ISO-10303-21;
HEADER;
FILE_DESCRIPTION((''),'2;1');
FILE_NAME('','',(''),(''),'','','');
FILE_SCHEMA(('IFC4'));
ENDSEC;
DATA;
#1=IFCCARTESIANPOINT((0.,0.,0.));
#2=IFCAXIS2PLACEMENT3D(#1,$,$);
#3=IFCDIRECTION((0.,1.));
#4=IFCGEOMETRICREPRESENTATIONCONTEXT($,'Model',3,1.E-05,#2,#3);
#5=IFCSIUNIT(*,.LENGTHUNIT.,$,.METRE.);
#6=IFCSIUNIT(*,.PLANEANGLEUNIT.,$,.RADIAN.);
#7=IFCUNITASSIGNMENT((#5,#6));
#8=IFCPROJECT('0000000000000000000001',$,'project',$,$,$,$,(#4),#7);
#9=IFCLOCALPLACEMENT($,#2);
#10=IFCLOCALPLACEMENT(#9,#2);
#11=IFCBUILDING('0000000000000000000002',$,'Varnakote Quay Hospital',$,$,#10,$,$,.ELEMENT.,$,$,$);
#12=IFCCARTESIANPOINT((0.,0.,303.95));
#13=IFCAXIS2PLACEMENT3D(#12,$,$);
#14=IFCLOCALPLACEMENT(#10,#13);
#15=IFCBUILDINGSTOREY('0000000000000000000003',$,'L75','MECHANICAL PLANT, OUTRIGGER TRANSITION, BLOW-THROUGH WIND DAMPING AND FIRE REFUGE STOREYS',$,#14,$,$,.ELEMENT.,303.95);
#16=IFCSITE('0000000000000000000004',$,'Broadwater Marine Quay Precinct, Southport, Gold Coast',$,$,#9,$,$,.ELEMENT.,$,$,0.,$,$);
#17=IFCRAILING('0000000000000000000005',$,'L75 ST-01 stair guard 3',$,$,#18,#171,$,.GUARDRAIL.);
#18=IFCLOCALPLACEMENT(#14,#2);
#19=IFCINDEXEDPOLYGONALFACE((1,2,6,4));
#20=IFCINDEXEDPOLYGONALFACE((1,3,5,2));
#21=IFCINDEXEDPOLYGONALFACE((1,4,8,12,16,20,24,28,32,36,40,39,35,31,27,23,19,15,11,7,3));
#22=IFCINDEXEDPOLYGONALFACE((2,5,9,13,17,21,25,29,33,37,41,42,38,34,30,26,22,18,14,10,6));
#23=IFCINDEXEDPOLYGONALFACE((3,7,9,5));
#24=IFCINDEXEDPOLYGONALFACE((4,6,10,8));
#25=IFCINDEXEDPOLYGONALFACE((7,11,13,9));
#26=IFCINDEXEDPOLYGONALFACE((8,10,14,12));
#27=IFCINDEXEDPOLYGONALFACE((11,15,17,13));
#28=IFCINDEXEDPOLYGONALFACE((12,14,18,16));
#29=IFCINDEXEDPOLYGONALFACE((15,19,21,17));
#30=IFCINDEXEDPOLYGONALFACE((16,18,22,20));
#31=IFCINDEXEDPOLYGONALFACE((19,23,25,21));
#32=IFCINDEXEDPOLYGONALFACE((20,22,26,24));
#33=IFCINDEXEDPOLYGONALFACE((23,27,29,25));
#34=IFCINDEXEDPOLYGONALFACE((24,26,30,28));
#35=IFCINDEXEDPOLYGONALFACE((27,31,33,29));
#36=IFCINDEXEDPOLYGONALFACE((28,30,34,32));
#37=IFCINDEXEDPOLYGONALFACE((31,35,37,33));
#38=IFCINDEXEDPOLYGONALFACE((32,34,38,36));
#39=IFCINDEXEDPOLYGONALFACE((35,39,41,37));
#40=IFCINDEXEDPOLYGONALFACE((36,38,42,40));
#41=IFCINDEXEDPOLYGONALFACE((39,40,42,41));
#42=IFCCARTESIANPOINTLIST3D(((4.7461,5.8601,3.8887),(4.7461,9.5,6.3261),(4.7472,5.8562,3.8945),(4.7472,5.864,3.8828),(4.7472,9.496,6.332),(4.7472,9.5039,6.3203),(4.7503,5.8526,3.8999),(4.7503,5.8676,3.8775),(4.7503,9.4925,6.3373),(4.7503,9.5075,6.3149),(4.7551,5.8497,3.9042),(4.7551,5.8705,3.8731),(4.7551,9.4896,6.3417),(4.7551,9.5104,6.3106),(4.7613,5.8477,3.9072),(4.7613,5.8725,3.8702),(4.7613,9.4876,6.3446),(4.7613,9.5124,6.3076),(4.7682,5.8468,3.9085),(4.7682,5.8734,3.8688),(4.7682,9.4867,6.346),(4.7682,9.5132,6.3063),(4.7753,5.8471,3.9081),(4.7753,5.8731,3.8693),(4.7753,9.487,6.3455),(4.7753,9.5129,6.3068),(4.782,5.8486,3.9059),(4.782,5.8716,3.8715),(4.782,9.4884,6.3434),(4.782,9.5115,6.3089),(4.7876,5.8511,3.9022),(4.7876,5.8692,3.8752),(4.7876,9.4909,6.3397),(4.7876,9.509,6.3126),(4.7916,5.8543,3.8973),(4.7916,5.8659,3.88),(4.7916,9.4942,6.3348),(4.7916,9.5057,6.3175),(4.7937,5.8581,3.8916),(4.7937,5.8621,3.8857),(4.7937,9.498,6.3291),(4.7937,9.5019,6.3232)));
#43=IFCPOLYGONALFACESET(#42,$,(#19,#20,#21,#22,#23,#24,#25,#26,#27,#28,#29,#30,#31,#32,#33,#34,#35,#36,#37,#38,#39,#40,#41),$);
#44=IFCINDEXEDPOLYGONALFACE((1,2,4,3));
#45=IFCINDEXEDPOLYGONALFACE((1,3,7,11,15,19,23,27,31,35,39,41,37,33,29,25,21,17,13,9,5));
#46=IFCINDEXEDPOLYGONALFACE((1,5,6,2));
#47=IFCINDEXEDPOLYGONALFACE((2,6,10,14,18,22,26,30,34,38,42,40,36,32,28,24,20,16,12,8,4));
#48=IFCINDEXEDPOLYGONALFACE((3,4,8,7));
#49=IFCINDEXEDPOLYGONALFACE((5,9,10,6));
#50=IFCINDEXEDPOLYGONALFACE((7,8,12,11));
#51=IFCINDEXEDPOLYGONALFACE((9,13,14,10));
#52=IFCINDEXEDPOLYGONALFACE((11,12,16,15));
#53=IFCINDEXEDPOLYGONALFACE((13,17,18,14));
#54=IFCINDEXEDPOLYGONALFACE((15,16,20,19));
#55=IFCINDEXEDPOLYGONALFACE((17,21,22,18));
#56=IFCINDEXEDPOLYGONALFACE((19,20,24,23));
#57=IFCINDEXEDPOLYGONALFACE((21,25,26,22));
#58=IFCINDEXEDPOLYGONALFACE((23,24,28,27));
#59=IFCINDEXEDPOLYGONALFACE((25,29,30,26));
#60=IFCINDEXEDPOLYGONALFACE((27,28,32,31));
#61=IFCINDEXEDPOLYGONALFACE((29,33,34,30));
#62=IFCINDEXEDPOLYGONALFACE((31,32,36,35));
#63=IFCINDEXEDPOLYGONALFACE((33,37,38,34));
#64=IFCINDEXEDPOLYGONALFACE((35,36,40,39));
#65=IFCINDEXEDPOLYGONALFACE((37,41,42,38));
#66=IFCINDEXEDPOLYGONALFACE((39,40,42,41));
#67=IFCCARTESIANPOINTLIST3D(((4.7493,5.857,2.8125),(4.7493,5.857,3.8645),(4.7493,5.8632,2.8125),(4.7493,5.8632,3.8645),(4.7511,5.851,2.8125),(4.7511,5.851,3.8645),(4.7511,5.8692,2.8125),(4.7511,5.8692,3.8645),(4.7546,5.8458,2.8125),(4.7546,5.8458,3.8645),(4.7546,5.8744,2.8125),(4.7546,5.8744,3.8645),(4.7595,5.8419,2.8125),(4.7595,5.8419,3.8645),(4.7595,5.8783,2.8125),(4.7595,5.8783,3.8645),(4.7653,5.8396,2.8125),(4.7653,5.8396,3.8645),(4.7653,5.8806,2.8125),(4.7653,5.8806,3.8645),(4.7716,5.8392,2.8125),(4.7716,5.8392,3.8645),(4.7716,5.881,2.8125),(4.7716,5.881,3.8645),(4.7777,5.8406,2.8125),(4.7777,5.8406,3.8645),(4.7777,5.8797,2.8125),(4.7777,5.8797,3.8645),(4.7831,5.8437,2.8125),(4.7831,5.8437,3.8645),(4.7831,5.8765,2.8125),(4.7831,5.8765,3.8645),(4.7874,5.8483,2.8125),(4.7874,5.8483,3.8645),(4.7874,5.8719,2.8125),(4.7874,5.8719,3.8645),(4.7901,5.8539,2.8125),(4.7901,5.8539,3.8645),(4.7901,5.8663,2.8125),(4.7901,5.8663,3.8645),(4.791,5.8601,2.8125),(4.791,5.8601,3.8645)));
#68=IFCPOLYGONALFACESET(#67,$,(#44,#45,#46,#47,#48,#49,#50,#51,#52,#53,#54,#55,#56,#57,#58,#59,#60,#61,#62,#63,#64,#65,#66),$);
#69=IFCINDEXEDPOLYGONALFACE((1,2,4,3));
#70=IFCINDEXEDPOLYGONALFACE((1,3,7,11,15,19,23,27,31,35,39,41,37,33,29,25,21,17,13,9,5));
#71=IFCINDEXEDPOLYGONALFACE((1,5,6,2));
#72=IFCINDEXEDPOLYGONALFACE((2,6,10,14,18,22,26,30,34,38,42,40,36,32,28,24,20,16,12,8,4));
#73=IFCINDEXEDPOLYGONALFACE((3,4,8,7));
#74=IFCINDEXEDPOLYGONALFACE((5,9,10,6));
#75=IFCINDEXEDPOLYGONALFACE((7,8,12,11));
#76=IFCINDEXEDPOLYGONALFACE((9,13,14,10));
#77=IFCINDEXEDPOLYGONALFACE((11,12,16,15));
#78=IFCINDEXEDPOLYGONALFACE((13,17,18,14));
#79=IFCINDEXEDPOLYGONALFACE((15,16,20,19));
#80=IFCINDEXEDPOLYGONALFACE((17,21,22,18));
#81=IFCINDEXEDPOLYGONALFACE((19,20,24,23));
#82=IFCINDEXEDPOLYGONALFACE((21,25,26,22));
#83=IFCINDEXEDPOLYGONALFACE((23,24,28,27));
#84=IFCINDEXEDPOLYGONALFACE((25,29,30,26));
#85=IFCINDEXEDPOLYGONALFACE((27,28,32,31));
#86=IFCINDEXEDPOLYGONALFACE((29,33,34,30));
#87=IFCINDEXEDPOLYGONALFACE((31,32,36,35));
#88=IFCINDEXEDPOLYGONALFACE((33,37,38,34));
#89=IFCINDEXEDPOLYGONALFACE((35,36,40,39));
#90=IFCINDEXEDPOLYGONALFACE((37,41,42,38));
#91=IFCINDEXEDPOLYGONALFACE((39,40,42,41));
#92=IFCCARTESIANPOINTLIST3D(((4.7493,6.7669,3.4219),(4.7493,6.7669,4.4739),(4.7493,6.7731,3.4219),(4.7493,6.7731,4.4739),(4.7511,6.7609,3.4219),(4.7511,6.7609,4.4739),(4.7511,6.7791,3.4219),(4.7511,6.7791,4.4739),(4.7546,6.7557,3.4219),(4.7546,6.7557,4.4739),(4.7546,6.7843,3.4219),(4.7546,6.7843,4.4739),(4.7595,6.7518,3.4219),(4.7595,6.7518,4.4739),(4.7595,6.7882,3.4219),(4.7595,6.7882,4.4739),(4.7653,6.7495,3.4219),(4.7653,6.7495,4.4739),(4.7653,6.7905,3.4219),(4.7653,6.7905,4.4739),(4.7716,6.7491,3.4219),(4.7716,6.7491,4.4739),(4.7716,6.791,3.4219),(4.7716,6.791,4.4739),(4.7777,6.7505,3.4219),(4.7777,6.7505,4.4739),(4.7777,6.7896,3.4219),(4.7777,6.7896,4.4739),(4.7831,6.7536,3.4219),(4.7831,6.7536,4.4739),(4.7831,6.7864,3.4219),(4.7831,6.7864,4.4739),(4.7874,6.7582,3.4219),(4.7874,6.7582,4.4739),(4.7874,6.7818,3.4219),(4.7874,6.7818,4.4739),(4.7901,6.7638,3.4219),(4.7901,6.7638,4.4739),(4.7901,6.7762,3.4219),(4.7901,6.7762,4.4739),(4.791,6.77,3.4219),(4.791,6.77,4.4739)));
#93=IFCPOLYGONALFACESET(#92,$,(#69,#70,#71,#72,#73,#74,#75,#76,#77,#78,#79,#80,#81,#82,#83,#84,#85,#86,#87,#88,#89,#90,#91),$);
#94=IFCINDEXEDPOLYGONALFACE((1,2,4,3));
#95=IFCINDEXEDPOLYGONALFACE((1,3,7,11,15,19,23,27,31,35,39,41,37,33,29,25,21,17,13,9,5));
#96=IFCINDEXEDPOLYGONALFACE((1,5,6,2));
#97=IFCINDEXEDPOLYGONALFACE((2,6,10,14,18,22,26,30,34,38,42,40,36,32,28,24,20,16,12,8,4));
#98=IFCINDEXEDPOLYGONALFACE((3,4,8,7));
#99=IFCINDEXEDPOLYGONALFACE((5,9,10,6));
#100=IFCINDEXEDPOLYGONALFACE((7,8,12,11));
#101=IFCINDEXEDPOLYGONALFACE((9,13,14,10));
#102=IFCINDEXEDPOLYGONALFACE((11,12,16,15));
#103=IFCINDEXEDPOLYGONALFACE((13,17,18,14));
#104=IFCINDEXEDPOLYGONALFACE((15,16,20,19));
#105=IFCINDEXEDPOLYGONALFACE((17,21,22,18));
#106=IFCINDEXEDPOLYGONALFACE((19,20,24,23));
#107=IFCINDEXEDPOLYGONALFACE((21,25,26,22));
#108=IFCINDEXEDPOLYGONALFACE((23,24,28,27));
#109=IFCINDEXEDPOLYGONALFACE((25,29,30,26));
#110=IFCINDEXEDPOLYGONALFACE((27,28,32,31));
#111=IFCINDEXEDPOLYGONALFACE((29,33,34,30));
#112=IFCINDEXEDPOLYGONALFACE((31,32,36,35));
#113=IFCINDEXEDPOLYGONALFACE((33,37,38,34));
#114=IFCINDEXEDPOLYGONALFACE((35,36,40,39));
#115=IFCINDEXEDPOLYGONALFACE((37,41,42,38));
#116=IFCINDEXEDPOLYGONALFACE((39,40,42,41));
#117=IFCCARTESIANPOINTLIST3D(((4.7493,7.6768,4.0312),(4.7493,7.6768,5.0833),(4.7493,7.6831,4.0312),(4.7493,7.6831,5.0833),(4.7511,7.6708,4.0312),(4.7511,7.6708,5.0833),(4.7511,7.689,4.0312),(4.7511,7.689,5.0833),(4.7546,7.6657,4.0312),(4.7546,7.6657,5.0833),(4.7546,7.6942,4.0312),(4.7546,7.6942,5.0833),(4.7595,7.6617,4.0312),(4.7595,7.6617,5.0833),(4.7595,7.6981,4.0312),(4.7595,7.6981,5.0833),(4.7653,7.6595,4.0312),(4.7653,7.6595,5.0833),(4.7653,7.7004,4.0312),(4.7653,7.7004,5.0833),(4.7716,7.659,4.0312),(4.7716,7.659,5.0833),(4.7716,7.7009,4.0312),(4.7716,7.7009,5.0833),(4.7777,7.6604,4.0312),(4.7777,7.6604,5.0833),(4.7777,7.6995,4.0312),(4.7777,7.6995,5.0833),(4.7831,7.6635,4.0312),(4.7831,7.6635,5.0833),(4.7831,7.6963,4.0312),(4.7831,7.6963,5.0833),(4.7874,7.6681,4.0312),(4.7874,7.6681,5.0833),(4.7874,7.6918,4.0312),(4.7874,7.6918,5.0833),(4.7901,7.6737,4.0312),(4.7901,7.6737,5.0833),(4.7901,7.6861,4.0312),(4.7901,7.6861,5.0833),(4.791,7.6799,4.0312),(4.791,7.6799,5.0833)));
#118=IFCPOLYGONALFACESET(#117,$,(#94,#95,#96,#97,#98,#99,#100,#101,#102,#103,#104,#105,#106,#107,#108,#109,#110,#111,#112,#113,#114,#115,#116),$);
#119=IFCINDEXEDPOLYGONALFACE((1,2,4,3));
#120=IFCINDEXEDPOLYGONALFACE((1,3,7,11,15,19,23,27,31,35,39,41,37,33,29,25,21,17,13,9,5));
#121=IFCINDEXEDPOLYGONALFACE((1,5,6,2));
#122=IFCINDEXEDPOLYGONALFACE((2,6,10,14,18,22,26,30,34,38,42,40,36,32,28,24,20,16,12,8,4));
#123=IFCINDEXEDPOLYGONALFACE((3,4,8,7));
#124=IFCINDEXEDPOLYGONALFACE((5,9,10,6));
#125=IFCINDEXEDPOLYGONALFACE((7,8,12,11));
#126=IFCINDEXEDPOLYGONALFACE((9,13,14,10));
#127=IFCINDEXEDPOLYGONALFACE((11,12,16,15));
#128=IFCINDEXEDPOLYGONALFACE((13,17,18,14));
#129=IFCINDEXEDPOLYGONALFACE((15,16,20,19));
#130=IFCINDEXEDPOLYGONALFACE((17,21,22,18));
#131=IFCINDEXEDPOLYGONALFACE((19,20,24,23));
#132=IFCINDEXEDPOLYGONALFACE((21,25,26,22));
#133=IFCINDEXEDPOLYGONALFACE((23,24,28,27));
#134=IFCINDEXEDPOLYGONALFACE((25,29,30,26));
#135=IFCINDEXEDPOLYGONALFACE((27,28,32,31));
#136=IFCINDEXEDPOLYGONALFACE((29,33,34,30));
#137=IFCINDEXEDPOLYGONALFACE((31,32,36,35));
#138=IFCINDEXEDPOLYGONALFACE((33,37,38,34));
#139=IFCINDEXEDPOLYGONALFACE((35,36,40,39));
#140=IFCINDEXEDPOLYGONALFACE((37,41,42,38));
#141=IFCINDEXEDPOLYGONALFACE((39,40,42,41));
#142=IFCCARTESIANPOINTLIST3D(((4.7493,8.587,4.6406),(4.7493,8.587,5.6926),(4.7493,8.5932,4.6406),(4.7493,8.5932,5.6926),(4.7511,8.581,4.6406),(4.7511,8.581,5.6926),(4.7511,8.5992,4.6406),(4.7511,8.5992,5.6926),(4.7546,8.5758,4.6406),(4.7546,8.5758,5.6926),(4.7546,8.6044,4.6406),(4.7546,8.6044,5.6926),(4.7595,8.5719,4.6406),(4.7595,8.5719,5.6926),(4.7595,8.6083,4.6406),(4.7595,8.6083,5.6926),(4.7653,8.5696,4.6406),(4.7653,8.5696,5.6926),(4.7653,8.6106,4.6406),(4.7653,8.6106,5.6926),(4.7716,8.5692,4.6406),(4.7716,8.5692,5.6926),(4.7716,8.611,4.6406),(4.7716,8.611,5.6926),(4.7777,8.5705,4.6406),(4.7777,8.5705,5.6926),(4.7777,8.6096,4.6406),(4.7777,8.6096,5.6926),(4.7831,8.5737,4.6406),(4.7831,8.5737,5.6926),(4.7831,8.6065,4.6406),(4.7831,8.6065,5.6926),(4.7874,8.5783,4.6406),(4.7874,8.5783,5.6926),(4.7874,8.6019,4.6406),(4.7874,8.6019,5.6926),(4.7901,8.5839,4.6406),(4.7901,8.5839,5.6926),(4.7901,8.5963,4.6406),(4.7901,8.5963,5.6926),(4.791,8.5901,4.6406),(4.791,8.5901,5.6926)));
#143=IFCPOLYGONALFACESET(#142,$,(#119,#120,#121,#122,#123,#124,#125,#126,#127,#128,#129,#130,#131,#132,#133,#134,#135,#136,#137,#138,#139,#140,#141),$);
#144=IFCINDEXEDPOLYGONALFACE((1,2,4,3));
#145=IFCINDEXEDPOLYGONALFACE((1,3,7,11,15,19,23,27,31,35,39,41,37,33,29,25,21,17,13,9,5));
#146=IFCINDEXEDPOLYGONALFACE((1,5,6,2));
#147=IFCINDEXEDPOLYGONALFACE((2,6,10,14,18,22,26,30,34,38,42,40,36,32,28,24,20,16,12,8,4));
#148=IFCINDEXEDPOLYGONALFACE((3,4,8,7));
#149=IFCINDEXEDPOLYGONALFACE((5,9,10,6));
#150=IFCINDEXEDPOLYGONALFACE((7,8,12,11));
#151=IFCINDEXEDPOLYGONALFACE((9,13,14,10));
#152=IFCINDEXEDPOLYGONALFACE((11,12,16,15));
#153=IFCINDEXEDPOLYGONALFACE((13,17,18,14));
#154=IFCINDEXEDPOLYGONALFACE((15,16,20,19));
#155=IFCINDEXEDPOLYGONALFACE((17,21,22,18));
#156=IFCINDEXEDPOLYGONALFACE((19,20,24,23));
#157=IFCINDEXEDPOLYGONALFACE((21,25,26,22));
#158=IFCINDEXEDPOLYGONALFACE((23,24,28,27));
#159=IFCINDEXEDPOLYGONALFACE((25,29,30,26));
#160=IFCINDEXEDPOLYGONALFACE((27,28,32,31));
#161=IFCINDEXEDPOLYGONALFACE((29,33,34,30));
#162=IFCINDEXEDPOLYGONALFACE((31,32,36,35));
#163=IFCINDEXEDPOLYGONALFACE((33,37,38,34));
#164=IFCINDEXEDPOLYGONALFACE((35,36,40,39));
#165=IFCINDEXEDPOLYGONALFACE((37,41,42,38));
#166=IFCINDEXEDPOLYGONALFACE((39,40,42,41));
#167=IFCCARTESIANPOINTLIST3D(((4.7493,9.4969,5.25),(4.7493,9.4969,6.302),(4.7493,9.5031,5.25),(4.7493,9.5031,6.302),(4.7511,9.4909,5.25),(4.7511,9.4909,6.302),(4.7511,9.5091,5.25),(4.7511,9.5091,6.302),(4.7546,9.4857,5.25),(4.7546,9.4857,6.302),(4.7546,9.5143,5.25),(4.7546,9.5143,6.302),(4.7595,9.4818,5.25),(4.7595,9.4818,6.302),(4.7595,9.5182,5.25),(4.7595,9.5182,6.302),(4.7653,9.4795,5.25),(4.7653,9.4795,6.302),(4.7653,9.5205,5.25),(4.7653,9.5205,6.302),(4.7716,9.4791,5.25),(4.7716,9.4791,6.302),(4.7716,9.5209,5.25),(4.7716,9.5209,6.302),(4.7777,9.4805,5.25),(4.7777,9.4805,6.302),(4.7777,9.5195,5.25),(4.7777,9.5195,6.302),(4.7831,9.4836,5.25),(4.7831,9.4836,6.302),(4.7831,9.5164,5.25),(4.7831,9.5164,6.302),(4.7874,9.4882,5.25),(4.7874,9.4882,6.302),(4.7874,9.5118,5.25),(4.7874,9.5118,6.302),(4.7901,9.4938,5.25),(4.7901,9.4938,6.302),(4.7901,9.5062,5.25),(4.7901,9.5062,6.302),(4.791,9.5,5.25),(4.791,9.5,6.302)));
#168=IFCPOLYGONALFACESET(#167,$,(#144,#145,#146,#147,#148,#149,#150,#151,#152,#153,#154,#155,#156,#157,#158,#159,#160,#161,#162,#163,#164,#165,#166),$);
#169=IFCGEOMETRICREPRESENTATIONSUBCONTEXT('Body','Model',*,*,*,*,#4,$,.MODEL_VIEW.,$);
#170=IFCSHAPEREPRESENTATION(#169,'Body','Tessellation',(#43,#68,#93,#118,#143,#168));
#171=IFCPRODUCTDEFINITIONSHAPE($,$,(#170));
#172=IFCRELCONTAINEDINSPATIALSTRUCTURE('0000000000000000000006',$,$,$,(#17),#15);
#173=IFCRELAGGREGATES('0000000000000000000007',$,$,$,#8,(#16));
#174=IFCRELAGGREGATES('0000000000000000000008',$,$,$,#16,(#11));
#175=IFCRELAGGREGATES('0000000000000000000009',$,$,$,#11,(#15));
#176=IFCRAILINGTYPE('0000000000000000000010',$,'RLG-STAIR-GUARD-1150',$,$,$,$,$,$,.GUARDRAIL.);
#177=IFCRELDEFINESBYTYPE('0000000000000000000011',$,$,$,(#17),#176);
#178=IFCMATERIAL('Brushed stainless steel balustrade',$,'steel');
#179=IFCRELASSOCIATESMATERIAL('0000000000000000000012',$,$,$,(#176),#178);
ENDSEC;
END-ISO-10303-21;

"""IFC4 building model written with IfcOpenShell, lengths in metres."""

from ifc_helpers import new_model, si_unit, direction, frame, origin, origin_2d, place, context, subcontext, project, spatial, circle, extrude, material, type_object, element, save


model = new_model("IFC4")

# Units and contexts
model_context = context("Model", 3, precision=1e-05, world=origin(), true_north=direction((0.0, 1.0)))
body_context = subcontext(model_context, "Body", "Model", "MODEL_VIEW")
ifc_project = project(units=[si_unit("LENGTHUNIT", "METRE"), si_unit("PLANEANGLEUNIT", "RADIAN")], contexts=[model_context])

# Site, building, storey
site_placement = place(None, origin())
site = spatial("IfcSite", under=ifc_project, at=site_placement, Name="Broadwater Marine Quay Precinct, Southport, Gold Coast", CompositionType="ELEMENT", RefElevation=0.0)
building_placement = place(site_placement, origin())
building = spatial("IfcBuilding", under=site, at=building_placement, Name="Varnakote Quay Hospital", CompositionType="ELEMENT")
storey_placement = place(building_placement, frame((0.0, 0.0, 303.95)))
storey = spatial("IfcBuildingStorey", under=building, at=storey_placement, Name="L75", Description="MECHANICAL PLANT, OUTRIGGER TRANSITION, BLOW-THROUGH WIND DAMPING AND FIRE REFUGE STOREYS", CompositionType="ELEMENT", Elevation=303.95)

# Railing
ifc_material_1 = material(Name="Brushed stainless steel balustrade", Category="steel")
railing_type_1 = type_object("IfcRailingType", Name="RLG-STAIR-GUARD-1150", PredefinedType="GUARDRAIL", material=ifc_material_1)
railing_1_placement = place(storey_placement, frame((4.77, 5.8601, 2.8125)))
element("IfcRailing", 1, at=railing_1_placement, inside=storey, type_object=railing_type_1, Name="L75 ST-01 stair guard 3", PredefinedType="GUARDRAIL", context=body_context, shape_type="SweptSolid", body=[
    extrude(circle(Radius=0.0239, at=origin_2d()), frame((0.0, 0.0, 1.0762), z_axis=(0.0, 0.8309, 0.556422), x_axis=(-1.0, 0.0, 0.0)), (0.0, 0.0, 1.0), 4.3806),
    extrude(circle(Radius=0.021, at=origin_2d()), origin(), (0.0, 0.0, 1.0), 1.052),
    extrude(circle(Radius=0.021, at=origin_2d()), frame((0.0, 0.9099, 0.6094)), (0.0, 0.0, 1.0), 1.052),
    extrude(circle(Radius=0.021, at=origin_2d()), frame((0.0, 1.8198, 1.2188)), (0.0, 0.0, 1.0), 1.052),
    extrude(circle(Radius=0.021, at=origin_2d()), frame((0.0, 2.73, 1.8281)), (0.0, 0.0, 1.0), 1.052),
    extrude(circle(Radius=0.021, at=origin_2d()), frame((0.0, 3.6399, 2.4375)), (0.0, 0.0, 1.0), 1.052),
])

save(model, "model.ifc")
